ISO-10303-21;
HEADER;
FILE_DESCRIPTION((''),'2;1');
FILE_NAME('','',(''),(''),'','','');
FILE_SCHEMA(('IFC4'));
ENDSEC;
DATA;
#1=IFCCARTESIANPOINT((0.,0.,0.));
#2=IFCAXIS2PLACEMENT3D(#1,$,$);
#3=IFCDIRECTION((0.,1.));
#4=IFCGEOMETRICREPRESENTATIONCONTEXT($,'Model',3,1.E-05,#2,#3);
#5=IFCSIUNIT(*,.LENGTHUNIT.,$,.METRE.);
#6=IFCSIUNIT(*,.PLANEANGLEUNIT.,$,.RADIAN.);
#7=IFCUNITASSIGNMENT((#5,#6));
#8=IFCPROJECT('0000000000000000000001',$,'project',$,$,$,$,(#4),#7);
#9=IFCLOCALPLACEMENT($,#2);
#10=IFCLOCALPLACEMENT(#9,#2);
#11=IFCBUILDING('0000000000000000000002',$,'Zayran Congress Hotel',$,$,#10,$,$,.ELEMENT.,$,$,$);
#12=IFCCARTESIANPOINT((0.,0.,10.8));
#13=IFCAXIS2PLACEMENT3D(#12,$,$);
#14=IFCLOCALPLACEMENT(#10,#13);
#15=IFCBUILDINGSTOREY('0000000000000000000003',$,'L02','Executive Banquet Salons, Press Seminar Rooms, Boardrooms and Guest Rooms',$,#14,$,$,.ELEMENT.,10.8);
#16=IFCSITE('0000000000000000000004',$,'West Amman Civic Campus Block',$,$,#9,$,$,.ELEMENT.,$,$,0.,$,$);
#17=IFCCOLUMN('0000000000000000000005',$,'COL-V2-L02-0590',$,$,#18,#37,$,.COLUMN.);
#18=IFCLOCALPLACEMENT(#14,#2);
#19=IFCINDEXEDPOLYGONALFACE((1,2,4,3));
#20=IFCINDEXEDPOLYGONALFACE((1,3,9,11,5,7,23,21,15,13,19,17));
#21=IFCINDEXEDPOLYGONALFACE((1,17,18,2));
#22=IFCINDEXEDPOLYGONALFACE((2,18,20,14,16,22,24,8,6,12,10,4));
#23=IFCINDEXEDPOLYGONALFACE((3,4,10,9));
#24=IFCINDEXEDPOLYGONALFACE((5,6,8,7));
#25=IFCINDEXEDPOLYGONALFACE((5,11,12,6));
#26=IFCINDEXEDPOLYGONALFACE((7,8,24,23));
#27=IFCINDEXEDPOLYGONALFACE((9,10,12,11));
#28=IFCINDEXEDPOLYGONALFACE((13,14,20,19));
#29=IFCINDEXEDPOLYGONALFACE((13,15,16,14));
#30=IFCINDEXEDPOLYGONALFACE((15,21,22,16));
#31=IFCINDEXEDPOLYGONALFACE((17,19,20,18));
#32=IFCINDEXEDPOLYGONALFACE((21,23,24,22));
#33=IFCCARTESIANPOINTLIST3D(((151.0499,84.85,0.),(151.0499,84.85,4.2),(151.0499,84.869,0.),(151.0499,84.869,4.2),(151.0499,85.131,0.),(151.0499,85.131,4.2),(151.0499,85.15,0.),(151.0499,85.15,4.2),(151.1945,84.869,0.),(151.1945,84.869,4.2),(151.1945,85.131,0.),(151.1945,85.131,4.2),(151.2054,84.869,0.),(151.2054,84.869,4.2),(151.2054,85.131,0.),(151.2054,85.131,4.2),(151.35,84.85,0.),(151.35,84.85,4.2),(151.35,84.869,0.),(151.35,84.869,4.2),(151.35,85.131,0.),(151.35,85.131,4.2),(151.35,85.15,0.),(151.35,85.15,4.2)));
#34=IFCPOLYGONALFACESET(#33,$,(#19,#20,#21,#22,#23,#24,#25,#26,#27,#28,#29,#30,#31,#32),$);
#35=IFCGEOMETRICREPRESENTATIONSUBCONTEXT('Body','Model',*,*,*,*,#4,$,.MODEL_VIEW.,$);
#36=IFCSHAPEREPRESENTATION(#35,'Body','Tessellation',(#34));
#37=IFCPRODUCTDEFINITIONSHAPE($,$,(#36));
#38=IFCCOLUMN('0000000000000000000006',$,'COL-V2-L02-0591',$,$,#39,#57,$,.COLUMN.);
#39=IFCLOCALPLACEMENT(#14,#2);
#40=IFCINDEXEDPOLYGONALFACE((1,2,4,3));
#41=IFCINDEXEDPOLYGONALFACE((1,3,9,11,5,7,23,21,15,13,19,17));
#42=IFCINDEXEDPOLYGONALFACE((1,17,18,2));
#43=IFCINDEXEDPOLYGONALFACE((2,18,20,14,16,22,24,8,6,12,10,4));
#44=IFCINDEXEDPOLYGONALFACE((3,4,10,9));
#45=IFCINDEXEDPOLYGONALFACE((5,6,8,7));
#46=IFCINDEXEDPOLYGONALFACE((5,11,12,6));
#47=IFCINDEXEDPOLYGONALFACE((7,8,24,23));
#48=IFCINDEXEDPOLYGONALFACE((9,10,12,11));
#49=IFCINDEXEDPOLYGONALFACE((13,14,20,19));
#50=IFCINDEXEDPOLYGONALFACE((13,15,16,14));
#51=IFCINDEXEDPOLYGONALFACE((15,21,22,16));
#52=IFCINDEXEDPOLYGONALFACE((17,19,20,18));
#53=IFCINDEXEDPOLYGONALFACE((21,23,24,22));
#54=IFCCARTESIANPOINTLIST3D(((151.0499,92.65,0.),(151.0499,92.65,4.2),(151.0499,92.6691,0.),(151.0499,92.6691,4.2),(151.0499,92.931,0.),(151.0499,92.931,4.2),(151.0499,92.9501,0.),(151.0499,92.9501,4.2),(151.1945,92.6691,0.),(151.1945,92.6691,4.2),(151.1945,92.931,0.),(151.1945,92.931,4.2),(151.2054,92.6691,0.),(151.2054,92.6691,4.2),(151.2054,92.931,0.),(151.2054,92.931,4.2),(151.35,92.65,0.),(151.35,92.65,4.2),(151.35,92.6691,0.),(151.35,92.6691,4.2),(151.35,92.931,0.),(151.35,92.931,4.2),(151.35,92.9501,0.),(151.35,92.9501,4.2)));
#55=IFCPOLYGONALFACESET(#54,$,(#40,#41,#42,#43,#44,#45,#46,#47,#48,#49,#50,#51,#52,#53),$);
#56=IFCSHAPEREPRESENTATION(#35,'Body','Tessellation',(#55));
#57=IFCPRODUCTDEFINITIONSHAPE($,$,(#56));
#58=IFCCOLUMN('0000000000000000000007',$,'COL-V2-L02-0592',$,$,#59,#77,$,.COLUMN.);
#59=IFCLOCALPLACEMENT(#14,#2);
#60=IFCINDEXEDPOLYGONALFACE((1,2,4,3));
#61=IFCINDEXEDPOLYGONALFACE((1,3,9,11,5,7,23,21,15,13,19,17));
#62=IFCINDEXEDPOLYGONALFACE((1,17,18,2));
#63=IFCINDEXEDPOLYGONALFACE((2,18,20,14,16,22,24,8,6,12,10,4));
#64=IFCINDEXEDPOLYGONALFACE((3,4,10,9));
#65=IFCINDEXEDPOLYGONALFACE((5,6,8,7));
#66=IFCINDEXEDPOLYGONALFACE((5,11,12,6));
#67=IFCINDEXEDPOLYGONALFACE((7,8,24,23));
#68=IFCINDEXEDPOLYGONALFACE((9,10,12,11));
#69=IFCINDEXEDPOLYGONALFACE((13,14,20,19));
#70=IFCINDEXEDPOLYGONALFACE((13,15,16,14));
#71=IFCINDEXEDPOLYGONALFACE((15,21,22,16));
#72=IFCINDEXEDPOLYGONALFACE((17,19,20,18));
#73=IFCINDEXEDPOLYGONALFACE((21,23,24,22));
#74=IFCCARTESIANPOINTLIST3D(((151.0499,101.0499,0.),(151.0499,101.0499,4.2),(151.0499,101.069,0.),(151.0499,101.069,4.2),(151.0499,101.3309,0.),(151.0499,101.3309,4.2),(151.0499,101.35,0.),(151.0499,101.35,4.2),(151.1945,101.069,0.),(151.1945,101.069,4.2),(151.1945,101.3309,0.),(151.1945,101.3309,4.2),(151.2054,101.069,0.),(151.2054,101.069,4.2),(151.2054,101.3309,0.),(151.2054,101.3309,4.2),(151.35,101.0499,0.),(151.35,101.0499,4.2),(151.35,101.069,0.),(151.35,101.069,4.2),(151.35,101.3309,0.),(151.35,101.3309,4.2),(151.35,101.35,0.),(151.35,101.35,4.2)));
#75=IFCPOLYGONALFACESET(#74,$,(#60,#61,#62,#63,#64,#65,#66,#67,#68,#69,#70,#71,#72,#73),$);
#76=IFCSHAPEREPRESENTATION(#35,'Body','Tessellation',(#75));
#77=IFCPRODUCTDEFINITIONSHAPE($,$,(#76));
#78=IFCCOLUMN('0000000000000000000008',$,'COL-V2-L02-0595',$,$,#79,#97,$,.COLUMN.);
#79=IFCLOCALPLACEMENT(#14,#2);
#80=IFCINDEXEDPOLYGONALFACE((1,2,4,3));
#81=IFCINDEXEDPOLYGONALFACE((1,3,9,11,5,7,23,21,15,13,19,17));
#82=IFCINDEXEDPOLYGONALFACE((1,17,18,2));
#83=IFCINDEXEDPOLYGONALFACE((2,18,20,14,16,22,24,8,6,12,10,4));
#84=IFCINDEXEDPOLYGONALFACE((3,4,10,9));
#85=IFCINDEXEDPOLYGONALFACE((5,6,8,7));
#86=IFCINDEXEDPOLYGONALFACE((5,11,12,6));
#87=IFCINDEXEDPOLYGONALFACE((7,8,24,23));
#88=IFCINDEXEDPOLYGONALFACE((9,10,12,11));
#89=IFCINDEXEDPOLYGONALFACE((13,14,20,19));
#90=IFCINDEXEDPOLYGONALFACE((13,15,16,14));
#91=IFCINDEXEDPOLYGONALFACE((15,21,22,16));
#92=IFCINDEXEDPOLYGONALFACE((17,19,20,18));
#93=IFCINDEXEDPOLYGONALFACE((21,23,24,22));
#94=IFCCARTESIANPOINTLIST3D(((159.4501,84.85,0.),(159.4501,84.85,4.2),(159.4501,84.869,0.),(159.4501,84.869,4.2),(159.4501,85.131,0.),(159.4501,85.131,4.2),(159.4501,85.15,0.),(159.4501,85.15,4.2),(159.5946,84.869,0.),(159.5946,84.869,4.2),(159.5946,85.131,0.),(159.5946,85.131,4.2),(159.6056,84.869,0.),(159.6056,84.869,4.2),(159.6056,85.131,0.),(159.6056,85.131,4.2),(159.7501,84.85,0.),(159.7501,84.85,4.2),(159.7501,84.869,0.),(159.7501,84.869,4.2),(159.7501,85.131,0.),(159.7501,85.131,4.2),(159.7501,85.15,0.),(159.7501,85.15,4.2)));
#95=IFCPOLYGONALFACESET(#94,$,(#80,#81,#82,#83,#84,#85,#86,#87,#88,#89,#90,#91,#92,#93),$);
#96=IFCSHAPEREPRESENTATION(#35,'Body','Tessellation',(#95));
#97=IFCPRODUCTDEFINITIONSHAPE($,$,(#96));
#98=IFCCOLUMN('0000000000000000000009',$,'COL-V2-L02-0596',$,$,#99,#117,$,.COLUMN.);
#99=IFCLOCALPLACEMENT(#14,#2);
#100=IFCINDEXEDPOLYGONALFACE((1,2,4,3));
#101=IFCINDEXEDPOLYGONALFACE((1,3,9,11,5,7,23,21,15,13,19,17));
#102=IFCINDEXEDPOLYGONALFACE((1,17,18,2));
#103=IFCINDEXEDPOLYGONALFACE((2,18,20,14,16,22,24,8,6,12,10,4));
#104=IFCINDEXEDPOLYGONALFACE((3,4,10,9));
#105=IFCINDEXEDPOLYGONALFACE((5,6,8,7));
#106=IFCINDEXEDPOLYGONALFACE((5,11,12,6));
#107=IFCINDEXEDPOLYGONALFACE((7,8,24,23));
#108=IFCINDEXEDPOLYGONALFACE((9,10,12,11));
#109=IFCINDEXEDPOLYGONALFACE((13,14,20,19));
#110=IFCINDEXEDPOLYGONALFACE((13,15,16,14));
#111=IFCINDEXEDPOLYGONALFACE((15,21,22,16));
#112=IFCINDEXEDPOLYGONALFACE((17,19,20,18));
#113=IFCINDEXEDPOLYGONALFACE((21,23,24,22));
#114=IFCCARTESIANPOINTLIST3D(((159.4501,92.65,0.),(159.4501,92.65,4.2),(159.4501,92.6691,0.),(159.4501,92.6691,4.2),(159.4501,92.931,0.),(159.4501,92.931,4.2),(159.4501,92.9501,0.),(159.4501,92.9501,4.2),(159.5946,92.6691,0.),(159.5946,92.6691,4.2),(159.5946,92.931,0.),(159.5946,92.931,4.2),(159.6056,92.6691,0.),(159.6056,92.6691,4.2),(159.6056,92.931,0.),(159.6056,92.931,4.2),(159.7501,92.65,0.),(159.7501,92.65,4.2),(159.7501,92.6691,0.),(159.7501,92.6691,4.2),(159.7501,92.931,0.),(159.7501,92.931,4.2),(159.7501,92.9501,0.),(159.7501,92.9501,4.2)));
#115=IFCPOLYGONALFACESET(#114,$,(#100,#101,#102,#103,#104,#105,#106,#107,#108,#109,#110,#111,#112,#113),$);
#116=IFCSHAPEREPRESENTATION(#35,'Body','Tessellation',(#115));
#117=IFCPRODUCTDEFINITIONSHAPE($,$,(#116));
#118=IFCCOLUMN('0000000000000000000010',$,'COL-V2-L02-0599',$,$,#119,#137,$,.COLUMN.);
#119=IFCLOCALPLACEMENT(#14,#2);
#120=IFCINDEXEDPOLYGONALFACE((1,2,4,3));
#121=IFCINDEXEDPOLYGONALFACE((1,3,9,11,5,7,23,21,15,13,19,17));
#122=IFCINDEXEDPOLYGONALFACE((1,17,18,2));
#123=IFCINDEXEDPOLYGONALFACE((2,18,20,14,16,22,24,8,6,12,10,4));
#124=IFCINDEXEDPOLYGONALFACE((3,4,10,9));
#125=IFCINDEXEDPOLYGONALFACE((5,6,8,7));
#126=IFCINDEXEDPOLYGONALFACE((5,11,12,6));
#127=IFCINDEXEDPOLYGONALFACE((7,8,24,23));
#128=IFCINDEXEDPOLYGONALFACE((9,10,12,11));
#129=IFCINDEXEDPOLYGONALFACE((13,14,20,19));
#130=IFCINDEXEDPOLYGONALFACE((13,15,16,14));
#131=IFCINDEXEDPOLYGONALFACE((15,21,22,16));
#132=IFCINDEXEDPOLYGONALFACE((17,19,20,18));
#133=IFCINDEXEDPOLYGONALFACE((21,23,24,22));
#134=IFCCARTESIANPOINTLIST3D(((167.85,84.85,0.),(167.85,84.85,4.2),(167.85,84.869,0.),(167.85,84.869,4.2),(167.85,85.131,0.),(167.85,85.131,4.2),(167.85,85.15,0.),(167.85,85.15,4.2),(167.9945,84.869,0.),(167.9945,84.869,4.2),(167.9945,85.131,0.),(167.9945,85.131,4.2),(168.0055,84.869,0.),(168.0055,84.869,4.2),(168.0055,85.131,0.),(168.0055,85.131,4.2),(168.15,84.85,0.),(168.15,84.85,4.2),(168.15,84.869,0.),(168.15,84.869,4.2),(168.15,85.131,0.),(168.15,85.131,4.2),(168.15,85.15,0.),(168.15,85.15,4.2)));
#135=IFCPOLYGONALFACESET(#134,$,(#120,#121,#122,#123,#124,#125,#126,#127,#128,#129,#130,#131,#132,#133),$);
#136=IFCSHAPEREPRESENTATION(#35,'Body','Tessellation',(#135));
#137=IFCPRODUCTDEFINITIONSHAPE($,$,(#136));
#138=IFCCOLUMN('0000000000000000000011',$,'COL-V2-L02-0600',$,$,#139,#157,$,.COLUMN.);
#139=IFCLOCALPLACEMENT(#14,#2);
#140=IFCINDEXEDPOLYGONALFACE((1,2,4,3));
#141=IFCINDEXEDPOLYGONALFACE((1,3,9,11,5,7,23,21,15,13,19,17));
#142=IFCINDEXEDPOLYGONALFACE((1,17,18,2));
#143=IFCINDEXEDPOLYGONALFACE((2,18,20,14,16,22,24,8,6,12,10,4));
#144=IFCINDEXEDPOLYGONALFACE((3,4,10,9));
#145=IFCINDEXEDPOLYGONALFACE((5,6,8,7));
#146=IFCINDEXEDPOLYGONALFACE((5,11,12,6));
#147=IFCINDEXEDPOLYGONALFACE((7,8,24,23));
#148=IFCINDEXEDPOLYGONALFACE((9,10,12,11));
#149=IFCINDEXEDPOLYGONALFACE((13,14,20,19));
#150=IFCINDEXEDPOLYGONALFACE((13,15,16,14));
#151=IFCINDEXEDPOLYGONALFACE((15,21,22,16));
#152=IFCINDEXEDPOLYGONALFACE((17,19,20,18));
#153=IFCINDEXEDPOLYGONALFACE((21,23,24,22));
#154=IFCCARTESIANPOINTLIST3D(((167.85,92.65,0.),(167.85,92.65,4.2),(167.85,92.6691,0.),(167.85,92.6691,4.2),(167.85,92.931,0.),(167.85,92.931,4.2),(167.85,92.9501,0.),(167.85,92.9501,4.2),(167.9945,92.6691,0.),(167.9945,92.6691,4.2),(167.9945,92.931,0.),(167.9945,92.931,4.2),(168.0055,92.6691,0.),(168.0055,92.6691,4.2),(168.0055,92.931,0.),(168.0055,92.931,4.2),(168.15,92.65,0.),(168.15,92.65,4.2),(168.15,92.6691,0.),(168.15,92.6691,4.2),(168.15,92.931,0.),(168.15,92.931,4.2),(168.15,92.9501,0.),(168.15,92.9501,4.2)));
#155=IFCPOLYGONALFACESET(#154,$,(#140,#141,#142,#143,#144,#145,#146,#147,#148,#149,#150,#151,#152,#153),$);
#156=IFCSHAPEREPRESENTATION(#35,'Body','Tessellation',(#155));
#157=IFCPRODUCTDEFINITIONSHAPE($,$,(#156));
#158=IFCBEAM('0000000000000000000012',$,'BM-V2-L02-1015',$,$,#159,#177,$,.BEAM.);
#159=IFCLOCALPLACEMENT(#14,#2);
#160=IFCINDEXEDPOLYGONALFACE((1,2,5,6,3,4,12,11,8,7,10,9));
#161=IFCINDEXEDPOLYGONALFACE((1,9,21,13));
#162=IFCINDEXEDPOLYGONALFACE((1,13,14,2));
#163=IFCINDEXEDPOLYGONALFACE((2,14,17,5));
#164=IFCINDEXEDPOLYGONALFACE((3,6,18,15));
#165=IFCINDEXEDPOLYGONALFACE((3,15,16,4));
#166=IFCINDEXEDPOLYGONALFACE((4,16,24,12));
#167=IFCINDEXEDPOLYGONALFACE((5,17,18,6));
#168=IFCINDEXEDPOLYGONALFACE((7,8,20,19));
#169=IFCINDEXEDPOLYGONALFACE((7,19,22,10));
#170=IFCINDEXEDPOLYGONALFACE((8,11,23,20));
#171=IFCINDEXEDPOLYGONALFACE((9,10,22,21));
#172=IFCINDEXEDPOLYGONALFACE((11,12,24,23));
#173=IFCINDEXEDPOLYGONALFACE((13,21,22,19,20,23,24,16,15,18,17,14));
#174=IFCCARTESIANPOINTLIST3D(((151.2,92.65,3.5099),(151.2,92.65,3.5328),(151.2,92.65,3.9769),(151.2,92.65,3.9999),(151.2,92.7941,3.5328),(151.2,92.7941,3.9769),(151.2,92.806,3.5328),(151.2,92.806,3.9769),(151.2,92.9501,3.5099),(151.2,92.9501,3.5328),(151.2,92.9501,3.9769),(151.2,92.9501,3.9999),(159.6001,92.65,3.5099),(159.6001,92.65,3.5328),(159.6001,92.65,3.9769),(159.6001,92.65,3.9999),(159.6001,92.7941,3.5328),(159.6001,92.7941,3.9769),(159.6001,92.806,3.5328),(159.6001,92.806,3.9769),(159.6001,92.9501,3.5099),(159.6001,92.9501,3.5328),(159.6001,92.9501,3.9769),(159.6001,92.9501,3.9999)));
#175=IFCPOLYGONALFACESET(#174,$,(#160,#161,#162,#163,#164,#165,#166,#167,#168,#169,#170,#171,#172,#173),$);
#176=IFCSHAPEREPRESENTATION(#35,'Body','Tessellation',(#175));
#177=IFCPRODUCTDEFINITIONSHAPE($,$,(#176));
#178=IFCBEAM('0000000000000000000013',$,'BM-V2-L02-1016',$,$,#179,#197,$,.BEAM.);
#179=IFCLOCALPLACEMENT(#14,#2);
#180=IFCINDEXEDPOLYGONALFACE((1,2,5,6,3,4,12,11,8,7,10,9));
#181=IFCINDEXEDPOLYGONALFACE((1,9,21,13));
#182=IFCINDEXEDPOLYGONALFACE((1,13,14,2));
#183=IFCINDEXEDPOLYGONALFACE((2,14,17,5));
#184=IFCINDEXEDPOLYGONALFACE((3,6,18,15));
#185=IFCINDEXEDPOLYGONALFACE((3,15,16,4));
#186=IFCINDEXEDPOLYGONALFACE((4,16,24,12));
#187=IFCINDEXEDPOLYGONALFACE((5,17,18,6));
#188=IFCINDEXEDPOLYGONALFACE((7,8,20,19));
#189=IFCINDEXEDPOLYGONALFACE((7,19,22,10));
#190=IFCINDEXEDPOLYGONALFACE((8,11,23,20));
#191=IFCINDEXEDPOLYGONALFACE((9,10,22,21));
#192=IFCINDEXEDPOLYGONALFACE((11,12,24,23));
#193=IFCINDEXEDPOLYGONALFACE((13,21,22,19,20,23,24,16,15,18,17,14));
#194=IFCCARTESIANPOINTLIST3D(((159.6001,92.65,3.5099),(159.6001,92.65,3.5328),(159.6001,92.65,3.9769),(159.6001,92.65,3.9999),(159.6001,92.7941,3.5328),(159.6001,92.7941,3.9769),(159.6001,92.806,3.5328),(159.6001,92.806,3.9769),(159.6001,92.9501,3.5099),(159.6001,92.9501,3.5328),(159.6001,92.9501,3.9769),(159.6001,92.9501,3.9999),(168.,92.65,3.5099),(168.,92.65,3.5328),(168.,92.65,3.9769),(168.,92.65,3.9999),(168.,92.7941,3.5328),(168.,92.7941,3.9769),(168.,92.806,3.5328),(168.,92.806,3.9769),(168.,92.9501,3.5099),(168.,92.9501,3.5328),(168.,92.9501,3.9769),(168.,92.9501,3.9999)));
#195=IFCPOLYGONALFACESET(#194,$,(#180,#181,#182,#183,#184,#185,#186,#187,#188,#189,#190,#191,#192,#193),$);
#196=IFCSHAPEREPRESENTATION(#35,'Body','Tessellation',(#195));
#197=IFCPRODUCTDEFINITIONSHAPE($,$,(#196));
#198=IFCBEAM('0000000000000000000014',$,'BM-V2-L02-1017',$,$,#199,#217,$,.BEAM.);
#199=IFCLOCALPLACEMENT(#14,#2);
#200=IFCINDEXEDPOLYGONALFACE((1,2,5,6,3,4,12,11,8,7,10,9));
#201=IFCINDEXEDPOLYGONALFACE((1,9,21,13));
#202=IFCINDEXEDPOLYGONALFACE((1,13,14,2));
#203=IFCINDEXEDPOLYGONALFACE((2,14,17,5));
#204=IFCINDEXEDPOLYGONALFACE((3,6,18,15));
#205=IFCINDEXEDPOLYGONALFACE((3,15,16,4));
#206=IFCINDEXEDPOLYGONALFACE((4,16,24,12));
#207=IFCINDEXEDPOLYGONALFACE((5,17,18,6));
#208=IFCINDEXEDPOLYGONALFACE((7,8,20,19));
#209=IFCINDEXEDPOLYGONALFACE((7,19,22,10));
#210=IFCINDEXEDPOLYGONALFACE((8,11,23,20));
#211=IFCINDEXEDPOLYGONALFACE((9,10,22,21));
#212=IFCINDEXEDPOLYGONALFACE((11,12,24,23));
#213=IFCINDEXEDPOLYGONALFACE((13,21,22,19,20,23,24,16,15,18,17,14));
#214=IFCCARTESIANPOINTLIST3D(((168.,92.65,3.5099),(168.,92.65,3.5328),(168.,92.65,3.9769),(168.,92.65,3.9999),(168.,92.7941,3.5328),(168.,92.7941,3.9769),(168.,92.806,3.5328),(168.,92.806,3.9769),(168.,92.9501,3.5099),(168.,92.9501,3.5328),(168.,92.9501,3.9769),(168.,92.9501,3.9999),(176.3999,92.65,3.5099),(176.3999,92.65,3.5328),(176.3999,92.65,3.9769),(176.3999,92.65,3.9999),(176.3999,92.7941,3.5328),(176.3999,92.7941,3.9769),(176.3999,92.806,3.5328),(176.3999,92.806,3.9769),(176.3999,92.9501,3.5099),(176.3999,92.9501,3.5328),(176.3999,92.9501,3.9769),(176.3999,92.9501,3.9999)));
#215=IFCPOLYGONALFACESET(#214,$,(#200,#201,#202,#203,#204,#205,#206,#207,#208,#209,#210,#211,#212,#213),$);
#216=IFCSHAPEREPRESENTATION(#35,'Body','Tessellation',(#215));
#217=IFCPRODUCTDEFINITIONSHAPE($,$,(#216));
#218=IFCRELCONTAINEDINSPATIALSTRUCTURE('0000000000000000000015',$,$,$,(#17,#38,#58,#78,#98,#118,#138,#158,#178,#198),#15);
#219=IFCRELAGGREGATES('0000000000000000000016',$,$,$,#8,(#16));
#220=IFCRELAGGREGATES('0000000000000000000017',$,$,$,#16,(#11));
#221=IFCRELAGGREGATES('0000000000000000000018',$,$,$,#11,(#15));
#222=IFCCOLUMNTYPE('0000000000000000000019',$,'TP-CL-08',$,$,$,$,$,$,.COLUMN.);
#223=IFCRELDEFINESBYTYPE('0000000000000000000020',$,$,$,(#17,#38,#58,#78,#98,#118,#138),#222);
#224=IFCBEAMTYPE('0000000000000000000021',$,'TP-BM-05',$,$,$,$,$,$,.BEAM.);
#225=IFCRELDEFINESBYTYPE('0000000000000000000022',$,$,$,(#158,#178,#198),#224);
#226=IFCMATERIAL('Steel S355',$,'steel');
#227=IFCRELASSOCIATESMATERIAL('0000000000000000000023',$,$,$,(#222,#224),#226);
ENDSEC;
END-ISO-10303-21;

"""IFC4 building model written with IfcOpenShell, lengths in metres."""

from ifc_helpers import new_model, si_unit, direction, frame, origin, origin_2d, place, context, subcontext, project, spatial, i_section, extrude, material, material_profile, profile_set, type_object, element, save


model = new_model("IFC4")

# Units and contexts
model_context = context("Model", 3, precision=1e-05, world=origin(), true_north=direction((0.0, 1.0)))
body_context = subcontext(model_context, "Body", "Model", "MODEL_VIEW")
ifc_project = project(units=[si_unit("LENGTHUNIT", "METRE"), si_unit("PLANEANGLEUNIT", "RADIAN")], contexts=[model_context])

# Site, building, storey
site_placement = place(None, origin())
site = spatial("IfcSite", under=ifc_project, at=site_placement, Name="West Amman Civic Campus Block", CompositionType="ELEMENT", RefElevation=0.0)
building_placement = place(site_placement, origin())
building = spatial("IfcBuilding", under=site, at=building_placement, Name="Zayran Congress Hotel", CompositionType="ELEMENT")
storey_placement = place(building_placement, frame((0.0, 0.0, 10.8)))
storey = spatial("IfcBuildingStorey", under=building, at=storey_placement, Name="L02", Description="Executive Banquet Salons, Press Seminar Rooms, Boardrooms and Guest Rooms", CompositionType="ELEMENT", Elevation=10.8)

# Columns
ifc_material_1 = material(Name="Steel S355", Category="steel")
ifc_material_profile_1 = material_profile(ifc_material_1, i_section(OverallWidth=0.3, OverallDepth=0.3, WebThickness=0.011, FlangeThickness=0.019, at=origin_2d()), Name="HEB 300")
ifc_profile_set_1 = profile_set([ifc_material_profile_1], Name="Steel S355")
column_type = type_object("IfcColumnType", Name="TP-CL-08", PredefinedType="COLUMN", material=ifc_profile_set_1)
for number, where, z_axis, x_axis, name in (
    (1, (151.2, 85.0, 0.0), (0.0, 0.0, 1.0), (1.0, 0.0, 0.0), "COL-V2-L02-0590"),
    (2, (151.2, 92.8, 0.0), (0.0, 0.0, 1.0), (1.0, 0.0, 0.0), "COL-V2-L02-0591"),
    (3, (151.2, 101.2, 0.0), (0.0, 0.0, 1.0), (1.0, 0.0, 0.0), "COL-V2-L02-0592"),
    (4, (159.6001, 85.0, 0.0), (0.0, 0.0, 1.0), (1.0, 0.0, 0.0), "COL-V2-L02-0595"),
    (5, (159.6001, 92.8, 0.0), (0.0, 0.0, 1.0), (1.0, 0.0, 0.0), "COL-V2-L02-0596"),
    (6, (168.0, 85.0, 0.0), (0.0, 0.0, 1.0), (1.0, 0.0, 0.0), "COL-V2-L02-0599"),
    (7, (168.0, 92.8, 0.0), (0.0, 0.0, 1.0), (1.0, 0.0, 0.0), "COL-V2-L02-0600"),
):
    element("IfcColumn", number, at=place(storey_placement, frame(where, z_axis=z_axis, x_axis=x_axis)), inside=storey, type_object=column_type, Name=name, PredefinedType="COLUMN", context=body_context, shape_type="SweptSolid", body=[
        extrude(i_section(OverallWidth=0.3, OverallDepth=0.3, WebThickness=0.011, FlangeThickness=0.019, at=origin_2d()), origin(), (0.0, 0.0, 1.0), 4.2),
    ])

# Beams
ifc_material_profile_2 = material_profile(ifc_material_1, i_section(OverallWidth=0.3, OverallDepth=0.49, WebThickness=0.012, FlangeThickness=0.0229, at=origin_2d()), Name="HEA 500")
ifc_profile_set_2 = profile_set([ifc_material_profile_2], Name="Steel S355")
beam_type_1 = type_object("IfcBeamType", Name="TP-BM-05", PredefinedType="BEAM", material=ifc_profile_set_2)
beam_1_placement = place(storey_placement, frame((151.2, 92.8, 3.7549), z_axis=(1.0, 0.0, 0.0), x_axis=(0.0, 1.0, 0.0)))
element("IfcBeam", 8, at=beam_1_placement, inside=storey, type_object=beam_type_1, Name="BM-V2-L02-1015", PredefinedType="BEAM", context=body_context, shape_type="SweptSolid", body=[
    extrude(i_section(OverallWidth=0.3, OverallDepth=0.49, WebThickness=0.012, FlangeThickness=0.0229, at=origin_2d()), origin(), (0.0, 0.0, 1.0), 8.4001),
])
for number, where, z_axis, x_axis, name in (
    (9, (159.6001, 92.8, 3.7549), (1.0, 0.0, 0.0), (0.0, 1.0, 0.0), "BM-V2-L02-1016"),
    (10, (168.0, 92.8, 3.7549), (1.0, 0.0, 0.0), (0.0, 1.0, 0.0), "BM-V2-L02-1017"),
):
    element("IfcBeam", number, at=place(storey_placement, frame(where, z_axis=z_axis, x_axis=x_axis)), inside=storey, type_object=beam_type_1, Name=name, PredefinedType="BEAM", context=body_context, shape_type="SweptSolid", body=[
        extrude(i_section(OverallWidth=0.3, OverallDepth=0.49, WebThickness=0.012, FlangeThickness=0.0229, at=origin_2d()), origin(), (0.0, 0.0, 1.0), 8.3999),
    ])

save(model, "model.ifc")
